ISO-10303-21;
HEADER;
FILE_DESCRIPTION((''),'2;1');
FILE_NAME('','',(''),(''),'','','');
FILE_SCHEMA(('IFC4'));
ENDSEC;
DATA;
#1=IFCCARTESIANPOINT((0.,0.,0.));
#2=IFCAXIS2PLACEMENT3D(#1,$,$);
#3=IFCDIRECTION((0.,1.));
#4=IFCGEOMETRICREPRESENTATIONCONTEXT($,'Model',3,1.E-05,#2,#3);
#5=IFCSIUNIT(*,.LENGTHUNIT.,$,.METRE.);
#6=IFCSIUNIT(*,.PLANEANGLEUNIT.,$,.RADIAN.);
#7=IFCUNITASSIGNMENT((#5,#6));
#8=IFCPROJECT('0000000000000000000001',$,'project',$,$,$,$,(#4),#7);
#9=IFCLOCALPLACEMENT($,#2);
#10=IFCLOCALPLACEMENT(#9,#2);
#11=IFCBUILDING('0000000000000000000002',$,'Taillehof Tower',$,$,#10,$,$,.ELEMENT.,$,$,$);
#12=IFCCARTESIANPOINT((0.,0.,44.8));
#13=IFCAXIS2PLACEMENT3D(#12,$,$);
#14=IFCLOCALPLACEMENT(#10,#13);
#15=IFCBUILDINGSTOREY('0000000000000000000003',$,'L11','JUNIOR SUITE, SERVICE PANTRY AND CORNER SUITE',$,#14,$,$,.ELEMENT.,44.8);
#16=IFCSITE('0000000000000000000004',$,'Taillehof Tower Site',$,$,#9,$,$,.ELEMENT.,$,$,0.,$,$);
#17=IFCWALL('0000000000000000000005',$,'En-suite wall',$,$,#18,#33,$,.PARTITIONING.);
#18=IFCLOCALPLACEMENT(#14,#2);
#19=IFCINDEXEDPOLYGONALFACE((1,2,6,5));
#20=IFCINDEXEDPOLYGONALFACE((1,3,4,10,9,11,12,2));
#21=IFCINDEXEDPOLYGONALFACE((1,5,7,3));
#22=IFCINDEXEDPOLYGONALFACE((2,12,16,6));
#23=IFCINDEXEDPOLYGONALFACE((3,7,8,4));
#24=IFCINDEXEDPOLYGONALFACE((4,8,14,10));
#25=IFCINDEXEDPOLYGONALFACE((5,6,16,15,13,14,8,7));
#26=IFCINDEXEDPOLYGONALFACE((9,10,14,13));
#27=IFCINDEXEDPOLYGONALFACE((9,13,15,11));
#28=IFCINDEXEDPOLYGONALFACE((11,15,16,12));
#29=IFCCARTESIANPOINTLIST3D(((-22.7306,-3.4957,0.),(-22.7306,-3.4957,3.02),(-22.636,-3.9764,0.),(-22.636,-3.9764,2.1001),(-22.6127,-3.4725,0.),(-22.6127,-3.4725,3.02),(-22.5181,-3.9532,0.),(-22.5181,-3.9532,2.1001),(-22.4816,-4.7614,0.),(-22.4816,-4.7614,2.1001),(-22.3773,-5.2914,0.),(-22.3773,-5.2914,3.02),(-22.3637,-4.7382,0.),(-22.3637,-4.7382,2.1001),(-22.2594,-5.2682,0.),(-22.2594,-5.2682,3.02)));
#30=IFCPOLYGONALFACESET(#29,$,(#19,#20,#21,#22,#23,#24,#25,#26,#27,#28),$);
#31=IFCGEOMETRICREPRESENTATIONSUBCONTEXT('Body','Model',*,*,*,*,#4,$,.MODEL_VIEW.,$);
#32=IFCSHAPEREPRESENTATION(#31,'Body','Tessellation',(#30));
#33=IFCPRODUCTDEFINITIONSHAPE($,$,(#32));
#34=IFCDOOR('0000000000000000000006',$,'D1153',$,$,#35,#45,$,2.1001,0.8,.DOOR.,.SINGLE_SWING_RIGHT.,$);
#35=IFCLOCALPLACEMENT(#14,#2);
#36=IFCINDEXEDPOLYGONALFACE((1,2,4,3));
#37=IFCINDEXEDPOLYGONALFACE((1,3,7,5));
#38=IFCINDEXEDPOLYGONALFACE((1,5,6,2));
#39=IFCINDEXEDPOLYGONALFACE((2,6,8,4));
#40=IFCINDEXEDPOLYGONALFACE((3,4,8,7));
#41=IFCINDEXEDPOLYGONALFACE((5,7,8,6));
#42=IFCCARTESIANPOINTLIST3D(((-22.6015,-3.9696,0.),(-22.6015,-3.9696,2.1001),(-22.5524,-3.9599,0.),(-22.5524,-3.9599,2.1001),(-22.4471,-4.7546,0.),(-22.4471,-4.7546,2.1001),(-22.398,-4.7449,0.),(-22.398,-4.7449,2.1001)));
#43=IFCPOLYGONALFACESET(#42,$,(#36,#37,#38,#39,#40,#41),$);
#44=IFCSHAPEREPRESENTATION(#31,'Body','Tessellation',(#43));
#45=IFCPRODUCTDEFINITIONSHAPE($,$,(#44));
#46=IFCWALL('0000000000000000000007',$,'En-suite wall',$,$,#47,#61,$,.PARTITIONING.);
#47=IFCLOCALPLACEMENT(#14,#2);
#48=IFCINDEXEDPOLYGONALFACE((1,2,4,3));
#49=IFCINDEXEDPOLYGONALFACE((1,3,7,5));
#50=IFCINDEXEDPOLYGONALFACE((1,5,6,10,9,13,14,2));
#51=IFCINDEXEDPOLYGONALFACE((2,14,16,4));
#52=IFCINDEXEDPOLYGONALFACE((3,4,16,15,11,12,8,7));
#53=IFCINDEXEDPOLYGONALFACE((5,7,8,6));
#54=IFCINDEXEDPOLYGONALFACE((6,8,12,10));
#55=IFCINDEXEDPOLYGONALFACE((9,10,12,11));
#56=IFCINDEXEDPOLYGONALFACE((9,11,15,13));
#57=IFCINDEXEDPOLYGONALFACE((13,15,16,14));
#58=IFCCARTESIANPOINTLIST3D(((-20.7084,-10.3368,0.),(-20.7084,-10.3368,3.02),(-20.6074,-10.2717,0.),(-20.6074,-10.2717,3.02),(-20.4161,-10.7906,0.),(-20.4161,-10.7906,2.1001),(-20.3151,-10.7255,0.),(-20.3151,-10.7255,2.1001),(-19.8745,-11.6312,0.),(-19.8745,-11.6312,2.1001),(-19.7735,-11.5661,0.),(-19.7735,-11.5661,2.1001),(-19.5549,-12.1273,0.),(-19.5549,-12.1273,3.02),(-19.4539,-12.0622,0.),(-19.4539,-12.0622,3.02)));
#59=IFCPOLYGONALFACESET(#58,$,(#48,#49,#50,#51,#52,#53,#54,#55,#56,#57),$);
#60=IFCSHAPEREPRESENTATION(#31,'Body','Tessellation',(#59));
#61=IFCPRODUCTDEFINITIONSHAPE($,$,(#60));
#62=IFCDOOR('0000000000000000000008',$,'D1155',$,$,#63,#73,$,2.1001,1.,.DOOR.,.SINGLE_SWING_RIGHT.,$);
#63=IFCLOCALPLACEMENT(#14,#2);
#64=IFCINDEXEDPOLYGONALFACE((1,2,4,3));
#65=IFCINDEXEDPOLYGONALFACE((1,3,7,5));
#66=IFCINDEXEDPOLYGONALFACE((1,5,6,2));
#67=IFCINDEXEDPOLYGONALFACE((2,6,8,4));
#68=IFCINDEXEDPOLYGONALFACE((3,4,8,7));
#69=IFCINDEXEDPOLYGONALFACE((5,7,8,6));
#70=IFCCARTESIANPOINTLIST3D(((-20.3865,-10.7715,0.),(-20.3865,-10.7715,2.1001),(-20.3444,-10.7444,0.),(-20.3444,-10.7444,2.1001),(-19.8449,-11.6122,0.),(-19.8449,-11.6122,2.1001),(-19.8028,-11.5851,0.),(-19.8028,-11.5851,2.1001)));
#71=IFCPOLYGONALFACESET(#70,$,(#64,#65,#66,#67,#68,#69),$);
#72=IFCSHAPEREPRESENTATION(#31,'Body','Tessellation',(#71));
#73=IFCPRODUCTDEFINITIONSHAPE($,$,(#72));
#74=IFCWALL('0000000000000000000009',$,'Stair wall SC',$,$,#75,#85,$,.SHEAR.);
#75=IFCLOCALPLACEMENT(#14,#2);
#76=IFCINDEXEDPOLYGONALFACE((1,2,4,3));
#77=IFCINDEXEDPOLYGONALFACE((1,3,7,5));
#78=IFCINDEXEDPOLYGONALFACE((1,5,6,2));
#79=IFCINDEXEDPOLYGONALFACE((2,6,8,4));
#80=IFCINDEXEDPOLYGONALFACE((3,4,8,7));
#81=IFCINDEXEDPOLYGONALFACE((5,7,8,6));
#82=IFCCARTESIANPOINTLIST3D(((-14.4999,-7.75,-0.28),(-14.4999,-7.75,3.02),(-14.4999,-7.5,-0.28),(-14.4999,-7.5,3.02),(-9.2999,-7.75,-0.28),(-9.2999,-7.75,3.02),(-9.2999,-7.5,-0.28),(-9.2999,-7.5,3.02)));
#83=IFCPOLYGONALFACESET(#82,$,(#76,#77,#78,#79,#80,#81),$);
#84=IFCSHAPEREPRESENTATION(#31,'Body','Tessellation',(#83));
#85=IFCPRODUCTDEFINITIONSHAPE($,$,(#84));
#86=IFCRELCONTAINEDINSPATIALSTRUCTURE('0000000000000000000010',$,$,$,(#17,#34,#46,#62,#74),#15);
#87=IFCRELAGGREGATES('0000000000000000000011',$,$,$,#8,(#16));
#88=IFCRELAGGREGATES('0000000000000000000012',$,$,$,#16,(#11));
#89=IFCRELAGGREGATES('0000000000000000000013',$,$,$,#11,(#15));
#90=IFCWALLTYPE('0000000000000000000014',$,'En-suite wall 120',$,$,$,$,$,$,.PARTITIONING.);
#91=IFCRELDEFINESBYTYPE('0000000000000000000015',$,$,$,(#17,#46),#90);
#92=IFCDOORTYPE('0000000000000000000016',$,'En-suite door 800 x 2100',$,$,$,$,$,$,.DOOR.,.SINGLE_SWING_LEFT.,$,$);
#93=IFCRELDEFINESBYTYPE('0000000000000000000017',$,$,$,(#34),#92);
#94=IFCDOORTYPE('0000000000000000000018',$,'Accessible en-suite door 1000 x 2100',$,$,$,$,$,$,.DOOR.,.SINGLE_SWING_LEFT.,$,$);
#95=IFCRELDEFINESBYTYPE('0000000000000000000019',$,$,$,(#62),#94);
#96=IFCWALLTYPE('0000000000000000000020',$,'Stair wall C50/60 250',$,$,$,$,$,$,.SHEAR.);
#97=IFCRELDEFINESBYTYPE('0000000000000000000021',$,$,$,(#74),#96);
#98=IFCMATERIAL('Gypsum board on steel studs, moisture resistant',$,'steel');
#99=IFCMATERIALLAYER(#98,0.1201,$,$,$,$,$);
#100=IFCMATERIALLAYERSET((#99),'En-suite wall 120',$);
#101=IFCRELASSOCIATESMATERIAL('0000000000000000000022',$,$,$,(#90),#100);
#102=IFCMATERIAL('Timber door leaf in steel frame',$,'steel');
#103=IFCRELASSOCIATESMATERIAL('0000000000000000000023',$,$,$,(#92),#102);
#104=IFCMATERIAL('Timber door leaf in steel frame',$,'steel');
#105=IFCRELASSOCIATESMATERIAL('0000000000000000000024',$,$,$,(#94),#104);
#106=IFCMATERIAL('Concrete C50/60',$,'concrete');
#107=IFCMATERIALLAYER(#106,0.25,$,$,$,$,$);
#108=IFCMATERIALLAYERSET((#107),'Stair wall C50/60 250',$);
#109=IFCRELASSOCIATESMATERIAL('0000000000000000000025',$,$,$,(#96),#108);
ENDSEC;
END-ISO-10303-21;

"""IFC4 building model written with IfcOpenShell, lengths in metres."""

from ifc_helpers import new_model, si_unit, direction, frame, frame_2d, origin, place, context, subcontext, project, spatial, rectangle, extrude, material, layer, layer_set, type_object, element, fill, save


model = new_model("IFC4")

# Units and contexts
model_context = context("Model", 3, precision=1e-05, world=origin(), true_north=direction((0.0, 1.0)))
body_context = subcontext(model_context, "Body", "Model", "MODEL_VIEW")
ifc_project = project(units=[si_unit("LENGTHUNIT", "METRE"), si_unit("PLANEANGLEUNIT", "RADIAN")], contexts=[model_context])

# Site, building, storey
site_placement = place(None, origin())
site = spatial("IfcSite", under=ifc_project, at=site_placement, Name="Taillehof Tower Site", CompositionType="ELEMENT", RefElevation=0.0)
building_placement = place(site_placement, origin())
building = spatial("IfcBuilding", under=site, at=building_placement, Name="Taillehof Tower", CompositionType="ELEMENT")
storey_placement = place(building_placement, frame((0.0, 0.0, 44.8)))
storey = spatial("IfcBuildingStorey", under=building, at=storey_placement, Name="L11", Description="JUNIOR SUITE, SERVICE PANTRY AND CORNER SUITE", CompositionType="ELEMENT", Elevation=44.8)

# Shared definitions
ifc_material_1 = material(Name="Gypsum board on steel studs, moisture resistant", Category="steel")
ifc_layer_1 = layer(ifc_material_1, 0.1201)
ifc_layer_set_1 = layer_set([ifc_layer_1], Name="En-suite wall 120")
wall_type_1 = type_object("IfcWallType", Name="En-suite wall 120", PredefinedType="PARTITIONING", material=ifc_layer_set_1)

# Walls, openings, doors
wall_1_placement = place(storey_placement, frame((-22.3184, -5.2798, 0.0), z_axis=(0.0, 0.0, 1.0), x_axis=(-0.193037, 0.981192, 0.0)))
wall_1 = element("IfcWall", 1, at=wall_1_placement, inside=storey, type_object=wall_type_1, Name="En-suite wall", PredefinedType="PARTITIONING", context=body_context, shape_type="SweptSolid", body=[
    extrude(rectangle(XDim=1.8301, YDim=0.1201, at=frame_2d((0.915, 0.0))), origin(), (0.0, 0.0, 1.0), 3.02),
])
opening_1_placement = place(wall_1_placement, frame((0.5403, 0.0, 0.0)))
opening_1 = element("IfcOpeningElement", 2, at=opening_1_placement, cuts=wall_1, PredefinedType="OPENING", context=body_context, shape_type="SweptSolid", body=[
    extrude(rectangle(XDim=0.8, YDim=2.1001, at=frame_2d((0.3999, 1.05))), frame((0.0, 0.0701, 0.0), z_axis=(0.0, -1.0, 0.0), x_axis=(1.0, 0.0, 0.0)), (0.0, 0.0, 1.0), 0.1401),
])
ifc_material_2 = material(Name="Timber door leaf in steel frame", Category="steel")
door_type_1 = type_object("IfcDoorType", Name="En-suite door 800 x 2100", OperationType="SINGLE_SWING_LEFT", PredefinedType="DOOR", material=ifc_material_2)
door_1_placement = place(opening_1_placement, origin())
door_1 = element("IfcDoor", 3, at=door_1_placement, inside=storey, type_object=door_type_1, Name="D1153", OperationType="SINGLE_SWING_RIGHT", OverallHeight=2.1001, OverallWidth=0.8, PredefinedType="DOOR", context=body_context, shape_type="SweptSolid", body=[
    extrude(rectangle(XDim=0.8, YDim=2.1001, at=frame_2d((0.3999, 1.05))), frame((0.0, 0.0249, 0.0), z_axis=(0.0, -1.0, 0.0), x_axis=(1.0, 0.0, 0.0)), (0.0, 0.0, 1.0), 0.05),
])
fill(opening_1, door_1)
wall_2_placement = place(storey_placement, frame((-19.5044, -12.0947, 0.0), z_axis=(0.0, 0.0, 1.0), x_axis=(-0.541592, 0.840642, 0.0)))
wall_2 = element("IfcWall", 4, at=wall_2_placement, inside=storey, type_object=wall_type_1, Name="En-suite wall", PredefinedType="PARTITIONING", context=body_context, shape_type="SweptSolid", body=[
    extrude(rectangle(XDim=2.1299, YDim=0.1201, at=frame_2d((1.0649, 0.0))), origin(), (0.0, 0.0, 1.0), 3.02),
])
opening_2_placement = place(wall_2_placement, frame((0.5901, 0.0, 0.0)))
opening_2 = element("IfcOpeningElement", 5, at=opening_2_placement, cuts=wall_2, PredefinedType="OPENING", context=body_context, shape_type="SweptSolid", body=[
    extrude(rectangle(XDim=1.0, YDim=2.1001, at=frame_2d((0.5, 1.05))), frame((0.0, 0.0701, 0.0), z_axis=(0.0, -1.0, 0.0), x_axis=(1.0, 0.0, 0.0)), (0.0, 0.0, 1.0), 0.1401),
])
ifc_material_3 = material(Name="Timber door leaf in steel frame", Category="steel")
door_type_2 = type_object("IfcDoorType", Name="Accessible en-suite door 1000 x 2100", OperationType="SINGLE_SWING_LEFT", PredefinedType="DOOR", material=ifc_material_3)
door_2_placement = place(opening_2_placement, origin())
door_2 = element("IfcDoor", 6, at=door_2_placement, inside=storey, type_object=door_type_2, Name="D1155", OperationType="SINGLE_SWING_RIGHT", OverallHeight=2.1001, OverallWidth=1.0, PredefinedType="DOOR", context=body_context, shape_type="SweptSolid", body=[
    extrude(rectangle(XDim=1.0, YDim=2.1001, at=frame_2d((0.5, 1.05))), frame((0.0, 0.0249, 0.0), z_axis=(0.0, -1.0, 0.0), x_axis=(1.0, 0.0, 0.0)), (0.0, 0.0, 1.0), 0.05),
])
fill(opening_2, door_2)

# Wall
ifc_material_4 = material(Name="Concrete C50/60", Category="concrete")
ifc_layer_2 = layer(ifc_material_4, 0.25)
ifc_layer_set_2 = layer_set([ifc_layer_2], Name="Stair wall C50/60 250")
wall_type_2 = type_object("IfcWallType", Name="Stair wall C50/60 250", PredefinedType="SHEAR", material=ifc_layer_set_2)
wall_3_placement = place(storey_placement, frame((-14.5, -7.625, -0.28), z_axis=(0.0, 0.0, 1.0), x_axis=(1.0, 0.0, 0.0)))
element("IfcWall", 7, at=wall_3_placement, inside=storey, type_object=wall_type_2, Name="Stair wall SC", PredefinedType="SHEAR", context=body_context, shape_type="SweptSolid", body=[
    extrude(rectangle(XDim=5.2, YDim=0.25, at=frame_2d((2.6001, 0.0))), origin(), (0.0, 0.0, 1.0), 3.3),
])

save(model, "model.ifc")
